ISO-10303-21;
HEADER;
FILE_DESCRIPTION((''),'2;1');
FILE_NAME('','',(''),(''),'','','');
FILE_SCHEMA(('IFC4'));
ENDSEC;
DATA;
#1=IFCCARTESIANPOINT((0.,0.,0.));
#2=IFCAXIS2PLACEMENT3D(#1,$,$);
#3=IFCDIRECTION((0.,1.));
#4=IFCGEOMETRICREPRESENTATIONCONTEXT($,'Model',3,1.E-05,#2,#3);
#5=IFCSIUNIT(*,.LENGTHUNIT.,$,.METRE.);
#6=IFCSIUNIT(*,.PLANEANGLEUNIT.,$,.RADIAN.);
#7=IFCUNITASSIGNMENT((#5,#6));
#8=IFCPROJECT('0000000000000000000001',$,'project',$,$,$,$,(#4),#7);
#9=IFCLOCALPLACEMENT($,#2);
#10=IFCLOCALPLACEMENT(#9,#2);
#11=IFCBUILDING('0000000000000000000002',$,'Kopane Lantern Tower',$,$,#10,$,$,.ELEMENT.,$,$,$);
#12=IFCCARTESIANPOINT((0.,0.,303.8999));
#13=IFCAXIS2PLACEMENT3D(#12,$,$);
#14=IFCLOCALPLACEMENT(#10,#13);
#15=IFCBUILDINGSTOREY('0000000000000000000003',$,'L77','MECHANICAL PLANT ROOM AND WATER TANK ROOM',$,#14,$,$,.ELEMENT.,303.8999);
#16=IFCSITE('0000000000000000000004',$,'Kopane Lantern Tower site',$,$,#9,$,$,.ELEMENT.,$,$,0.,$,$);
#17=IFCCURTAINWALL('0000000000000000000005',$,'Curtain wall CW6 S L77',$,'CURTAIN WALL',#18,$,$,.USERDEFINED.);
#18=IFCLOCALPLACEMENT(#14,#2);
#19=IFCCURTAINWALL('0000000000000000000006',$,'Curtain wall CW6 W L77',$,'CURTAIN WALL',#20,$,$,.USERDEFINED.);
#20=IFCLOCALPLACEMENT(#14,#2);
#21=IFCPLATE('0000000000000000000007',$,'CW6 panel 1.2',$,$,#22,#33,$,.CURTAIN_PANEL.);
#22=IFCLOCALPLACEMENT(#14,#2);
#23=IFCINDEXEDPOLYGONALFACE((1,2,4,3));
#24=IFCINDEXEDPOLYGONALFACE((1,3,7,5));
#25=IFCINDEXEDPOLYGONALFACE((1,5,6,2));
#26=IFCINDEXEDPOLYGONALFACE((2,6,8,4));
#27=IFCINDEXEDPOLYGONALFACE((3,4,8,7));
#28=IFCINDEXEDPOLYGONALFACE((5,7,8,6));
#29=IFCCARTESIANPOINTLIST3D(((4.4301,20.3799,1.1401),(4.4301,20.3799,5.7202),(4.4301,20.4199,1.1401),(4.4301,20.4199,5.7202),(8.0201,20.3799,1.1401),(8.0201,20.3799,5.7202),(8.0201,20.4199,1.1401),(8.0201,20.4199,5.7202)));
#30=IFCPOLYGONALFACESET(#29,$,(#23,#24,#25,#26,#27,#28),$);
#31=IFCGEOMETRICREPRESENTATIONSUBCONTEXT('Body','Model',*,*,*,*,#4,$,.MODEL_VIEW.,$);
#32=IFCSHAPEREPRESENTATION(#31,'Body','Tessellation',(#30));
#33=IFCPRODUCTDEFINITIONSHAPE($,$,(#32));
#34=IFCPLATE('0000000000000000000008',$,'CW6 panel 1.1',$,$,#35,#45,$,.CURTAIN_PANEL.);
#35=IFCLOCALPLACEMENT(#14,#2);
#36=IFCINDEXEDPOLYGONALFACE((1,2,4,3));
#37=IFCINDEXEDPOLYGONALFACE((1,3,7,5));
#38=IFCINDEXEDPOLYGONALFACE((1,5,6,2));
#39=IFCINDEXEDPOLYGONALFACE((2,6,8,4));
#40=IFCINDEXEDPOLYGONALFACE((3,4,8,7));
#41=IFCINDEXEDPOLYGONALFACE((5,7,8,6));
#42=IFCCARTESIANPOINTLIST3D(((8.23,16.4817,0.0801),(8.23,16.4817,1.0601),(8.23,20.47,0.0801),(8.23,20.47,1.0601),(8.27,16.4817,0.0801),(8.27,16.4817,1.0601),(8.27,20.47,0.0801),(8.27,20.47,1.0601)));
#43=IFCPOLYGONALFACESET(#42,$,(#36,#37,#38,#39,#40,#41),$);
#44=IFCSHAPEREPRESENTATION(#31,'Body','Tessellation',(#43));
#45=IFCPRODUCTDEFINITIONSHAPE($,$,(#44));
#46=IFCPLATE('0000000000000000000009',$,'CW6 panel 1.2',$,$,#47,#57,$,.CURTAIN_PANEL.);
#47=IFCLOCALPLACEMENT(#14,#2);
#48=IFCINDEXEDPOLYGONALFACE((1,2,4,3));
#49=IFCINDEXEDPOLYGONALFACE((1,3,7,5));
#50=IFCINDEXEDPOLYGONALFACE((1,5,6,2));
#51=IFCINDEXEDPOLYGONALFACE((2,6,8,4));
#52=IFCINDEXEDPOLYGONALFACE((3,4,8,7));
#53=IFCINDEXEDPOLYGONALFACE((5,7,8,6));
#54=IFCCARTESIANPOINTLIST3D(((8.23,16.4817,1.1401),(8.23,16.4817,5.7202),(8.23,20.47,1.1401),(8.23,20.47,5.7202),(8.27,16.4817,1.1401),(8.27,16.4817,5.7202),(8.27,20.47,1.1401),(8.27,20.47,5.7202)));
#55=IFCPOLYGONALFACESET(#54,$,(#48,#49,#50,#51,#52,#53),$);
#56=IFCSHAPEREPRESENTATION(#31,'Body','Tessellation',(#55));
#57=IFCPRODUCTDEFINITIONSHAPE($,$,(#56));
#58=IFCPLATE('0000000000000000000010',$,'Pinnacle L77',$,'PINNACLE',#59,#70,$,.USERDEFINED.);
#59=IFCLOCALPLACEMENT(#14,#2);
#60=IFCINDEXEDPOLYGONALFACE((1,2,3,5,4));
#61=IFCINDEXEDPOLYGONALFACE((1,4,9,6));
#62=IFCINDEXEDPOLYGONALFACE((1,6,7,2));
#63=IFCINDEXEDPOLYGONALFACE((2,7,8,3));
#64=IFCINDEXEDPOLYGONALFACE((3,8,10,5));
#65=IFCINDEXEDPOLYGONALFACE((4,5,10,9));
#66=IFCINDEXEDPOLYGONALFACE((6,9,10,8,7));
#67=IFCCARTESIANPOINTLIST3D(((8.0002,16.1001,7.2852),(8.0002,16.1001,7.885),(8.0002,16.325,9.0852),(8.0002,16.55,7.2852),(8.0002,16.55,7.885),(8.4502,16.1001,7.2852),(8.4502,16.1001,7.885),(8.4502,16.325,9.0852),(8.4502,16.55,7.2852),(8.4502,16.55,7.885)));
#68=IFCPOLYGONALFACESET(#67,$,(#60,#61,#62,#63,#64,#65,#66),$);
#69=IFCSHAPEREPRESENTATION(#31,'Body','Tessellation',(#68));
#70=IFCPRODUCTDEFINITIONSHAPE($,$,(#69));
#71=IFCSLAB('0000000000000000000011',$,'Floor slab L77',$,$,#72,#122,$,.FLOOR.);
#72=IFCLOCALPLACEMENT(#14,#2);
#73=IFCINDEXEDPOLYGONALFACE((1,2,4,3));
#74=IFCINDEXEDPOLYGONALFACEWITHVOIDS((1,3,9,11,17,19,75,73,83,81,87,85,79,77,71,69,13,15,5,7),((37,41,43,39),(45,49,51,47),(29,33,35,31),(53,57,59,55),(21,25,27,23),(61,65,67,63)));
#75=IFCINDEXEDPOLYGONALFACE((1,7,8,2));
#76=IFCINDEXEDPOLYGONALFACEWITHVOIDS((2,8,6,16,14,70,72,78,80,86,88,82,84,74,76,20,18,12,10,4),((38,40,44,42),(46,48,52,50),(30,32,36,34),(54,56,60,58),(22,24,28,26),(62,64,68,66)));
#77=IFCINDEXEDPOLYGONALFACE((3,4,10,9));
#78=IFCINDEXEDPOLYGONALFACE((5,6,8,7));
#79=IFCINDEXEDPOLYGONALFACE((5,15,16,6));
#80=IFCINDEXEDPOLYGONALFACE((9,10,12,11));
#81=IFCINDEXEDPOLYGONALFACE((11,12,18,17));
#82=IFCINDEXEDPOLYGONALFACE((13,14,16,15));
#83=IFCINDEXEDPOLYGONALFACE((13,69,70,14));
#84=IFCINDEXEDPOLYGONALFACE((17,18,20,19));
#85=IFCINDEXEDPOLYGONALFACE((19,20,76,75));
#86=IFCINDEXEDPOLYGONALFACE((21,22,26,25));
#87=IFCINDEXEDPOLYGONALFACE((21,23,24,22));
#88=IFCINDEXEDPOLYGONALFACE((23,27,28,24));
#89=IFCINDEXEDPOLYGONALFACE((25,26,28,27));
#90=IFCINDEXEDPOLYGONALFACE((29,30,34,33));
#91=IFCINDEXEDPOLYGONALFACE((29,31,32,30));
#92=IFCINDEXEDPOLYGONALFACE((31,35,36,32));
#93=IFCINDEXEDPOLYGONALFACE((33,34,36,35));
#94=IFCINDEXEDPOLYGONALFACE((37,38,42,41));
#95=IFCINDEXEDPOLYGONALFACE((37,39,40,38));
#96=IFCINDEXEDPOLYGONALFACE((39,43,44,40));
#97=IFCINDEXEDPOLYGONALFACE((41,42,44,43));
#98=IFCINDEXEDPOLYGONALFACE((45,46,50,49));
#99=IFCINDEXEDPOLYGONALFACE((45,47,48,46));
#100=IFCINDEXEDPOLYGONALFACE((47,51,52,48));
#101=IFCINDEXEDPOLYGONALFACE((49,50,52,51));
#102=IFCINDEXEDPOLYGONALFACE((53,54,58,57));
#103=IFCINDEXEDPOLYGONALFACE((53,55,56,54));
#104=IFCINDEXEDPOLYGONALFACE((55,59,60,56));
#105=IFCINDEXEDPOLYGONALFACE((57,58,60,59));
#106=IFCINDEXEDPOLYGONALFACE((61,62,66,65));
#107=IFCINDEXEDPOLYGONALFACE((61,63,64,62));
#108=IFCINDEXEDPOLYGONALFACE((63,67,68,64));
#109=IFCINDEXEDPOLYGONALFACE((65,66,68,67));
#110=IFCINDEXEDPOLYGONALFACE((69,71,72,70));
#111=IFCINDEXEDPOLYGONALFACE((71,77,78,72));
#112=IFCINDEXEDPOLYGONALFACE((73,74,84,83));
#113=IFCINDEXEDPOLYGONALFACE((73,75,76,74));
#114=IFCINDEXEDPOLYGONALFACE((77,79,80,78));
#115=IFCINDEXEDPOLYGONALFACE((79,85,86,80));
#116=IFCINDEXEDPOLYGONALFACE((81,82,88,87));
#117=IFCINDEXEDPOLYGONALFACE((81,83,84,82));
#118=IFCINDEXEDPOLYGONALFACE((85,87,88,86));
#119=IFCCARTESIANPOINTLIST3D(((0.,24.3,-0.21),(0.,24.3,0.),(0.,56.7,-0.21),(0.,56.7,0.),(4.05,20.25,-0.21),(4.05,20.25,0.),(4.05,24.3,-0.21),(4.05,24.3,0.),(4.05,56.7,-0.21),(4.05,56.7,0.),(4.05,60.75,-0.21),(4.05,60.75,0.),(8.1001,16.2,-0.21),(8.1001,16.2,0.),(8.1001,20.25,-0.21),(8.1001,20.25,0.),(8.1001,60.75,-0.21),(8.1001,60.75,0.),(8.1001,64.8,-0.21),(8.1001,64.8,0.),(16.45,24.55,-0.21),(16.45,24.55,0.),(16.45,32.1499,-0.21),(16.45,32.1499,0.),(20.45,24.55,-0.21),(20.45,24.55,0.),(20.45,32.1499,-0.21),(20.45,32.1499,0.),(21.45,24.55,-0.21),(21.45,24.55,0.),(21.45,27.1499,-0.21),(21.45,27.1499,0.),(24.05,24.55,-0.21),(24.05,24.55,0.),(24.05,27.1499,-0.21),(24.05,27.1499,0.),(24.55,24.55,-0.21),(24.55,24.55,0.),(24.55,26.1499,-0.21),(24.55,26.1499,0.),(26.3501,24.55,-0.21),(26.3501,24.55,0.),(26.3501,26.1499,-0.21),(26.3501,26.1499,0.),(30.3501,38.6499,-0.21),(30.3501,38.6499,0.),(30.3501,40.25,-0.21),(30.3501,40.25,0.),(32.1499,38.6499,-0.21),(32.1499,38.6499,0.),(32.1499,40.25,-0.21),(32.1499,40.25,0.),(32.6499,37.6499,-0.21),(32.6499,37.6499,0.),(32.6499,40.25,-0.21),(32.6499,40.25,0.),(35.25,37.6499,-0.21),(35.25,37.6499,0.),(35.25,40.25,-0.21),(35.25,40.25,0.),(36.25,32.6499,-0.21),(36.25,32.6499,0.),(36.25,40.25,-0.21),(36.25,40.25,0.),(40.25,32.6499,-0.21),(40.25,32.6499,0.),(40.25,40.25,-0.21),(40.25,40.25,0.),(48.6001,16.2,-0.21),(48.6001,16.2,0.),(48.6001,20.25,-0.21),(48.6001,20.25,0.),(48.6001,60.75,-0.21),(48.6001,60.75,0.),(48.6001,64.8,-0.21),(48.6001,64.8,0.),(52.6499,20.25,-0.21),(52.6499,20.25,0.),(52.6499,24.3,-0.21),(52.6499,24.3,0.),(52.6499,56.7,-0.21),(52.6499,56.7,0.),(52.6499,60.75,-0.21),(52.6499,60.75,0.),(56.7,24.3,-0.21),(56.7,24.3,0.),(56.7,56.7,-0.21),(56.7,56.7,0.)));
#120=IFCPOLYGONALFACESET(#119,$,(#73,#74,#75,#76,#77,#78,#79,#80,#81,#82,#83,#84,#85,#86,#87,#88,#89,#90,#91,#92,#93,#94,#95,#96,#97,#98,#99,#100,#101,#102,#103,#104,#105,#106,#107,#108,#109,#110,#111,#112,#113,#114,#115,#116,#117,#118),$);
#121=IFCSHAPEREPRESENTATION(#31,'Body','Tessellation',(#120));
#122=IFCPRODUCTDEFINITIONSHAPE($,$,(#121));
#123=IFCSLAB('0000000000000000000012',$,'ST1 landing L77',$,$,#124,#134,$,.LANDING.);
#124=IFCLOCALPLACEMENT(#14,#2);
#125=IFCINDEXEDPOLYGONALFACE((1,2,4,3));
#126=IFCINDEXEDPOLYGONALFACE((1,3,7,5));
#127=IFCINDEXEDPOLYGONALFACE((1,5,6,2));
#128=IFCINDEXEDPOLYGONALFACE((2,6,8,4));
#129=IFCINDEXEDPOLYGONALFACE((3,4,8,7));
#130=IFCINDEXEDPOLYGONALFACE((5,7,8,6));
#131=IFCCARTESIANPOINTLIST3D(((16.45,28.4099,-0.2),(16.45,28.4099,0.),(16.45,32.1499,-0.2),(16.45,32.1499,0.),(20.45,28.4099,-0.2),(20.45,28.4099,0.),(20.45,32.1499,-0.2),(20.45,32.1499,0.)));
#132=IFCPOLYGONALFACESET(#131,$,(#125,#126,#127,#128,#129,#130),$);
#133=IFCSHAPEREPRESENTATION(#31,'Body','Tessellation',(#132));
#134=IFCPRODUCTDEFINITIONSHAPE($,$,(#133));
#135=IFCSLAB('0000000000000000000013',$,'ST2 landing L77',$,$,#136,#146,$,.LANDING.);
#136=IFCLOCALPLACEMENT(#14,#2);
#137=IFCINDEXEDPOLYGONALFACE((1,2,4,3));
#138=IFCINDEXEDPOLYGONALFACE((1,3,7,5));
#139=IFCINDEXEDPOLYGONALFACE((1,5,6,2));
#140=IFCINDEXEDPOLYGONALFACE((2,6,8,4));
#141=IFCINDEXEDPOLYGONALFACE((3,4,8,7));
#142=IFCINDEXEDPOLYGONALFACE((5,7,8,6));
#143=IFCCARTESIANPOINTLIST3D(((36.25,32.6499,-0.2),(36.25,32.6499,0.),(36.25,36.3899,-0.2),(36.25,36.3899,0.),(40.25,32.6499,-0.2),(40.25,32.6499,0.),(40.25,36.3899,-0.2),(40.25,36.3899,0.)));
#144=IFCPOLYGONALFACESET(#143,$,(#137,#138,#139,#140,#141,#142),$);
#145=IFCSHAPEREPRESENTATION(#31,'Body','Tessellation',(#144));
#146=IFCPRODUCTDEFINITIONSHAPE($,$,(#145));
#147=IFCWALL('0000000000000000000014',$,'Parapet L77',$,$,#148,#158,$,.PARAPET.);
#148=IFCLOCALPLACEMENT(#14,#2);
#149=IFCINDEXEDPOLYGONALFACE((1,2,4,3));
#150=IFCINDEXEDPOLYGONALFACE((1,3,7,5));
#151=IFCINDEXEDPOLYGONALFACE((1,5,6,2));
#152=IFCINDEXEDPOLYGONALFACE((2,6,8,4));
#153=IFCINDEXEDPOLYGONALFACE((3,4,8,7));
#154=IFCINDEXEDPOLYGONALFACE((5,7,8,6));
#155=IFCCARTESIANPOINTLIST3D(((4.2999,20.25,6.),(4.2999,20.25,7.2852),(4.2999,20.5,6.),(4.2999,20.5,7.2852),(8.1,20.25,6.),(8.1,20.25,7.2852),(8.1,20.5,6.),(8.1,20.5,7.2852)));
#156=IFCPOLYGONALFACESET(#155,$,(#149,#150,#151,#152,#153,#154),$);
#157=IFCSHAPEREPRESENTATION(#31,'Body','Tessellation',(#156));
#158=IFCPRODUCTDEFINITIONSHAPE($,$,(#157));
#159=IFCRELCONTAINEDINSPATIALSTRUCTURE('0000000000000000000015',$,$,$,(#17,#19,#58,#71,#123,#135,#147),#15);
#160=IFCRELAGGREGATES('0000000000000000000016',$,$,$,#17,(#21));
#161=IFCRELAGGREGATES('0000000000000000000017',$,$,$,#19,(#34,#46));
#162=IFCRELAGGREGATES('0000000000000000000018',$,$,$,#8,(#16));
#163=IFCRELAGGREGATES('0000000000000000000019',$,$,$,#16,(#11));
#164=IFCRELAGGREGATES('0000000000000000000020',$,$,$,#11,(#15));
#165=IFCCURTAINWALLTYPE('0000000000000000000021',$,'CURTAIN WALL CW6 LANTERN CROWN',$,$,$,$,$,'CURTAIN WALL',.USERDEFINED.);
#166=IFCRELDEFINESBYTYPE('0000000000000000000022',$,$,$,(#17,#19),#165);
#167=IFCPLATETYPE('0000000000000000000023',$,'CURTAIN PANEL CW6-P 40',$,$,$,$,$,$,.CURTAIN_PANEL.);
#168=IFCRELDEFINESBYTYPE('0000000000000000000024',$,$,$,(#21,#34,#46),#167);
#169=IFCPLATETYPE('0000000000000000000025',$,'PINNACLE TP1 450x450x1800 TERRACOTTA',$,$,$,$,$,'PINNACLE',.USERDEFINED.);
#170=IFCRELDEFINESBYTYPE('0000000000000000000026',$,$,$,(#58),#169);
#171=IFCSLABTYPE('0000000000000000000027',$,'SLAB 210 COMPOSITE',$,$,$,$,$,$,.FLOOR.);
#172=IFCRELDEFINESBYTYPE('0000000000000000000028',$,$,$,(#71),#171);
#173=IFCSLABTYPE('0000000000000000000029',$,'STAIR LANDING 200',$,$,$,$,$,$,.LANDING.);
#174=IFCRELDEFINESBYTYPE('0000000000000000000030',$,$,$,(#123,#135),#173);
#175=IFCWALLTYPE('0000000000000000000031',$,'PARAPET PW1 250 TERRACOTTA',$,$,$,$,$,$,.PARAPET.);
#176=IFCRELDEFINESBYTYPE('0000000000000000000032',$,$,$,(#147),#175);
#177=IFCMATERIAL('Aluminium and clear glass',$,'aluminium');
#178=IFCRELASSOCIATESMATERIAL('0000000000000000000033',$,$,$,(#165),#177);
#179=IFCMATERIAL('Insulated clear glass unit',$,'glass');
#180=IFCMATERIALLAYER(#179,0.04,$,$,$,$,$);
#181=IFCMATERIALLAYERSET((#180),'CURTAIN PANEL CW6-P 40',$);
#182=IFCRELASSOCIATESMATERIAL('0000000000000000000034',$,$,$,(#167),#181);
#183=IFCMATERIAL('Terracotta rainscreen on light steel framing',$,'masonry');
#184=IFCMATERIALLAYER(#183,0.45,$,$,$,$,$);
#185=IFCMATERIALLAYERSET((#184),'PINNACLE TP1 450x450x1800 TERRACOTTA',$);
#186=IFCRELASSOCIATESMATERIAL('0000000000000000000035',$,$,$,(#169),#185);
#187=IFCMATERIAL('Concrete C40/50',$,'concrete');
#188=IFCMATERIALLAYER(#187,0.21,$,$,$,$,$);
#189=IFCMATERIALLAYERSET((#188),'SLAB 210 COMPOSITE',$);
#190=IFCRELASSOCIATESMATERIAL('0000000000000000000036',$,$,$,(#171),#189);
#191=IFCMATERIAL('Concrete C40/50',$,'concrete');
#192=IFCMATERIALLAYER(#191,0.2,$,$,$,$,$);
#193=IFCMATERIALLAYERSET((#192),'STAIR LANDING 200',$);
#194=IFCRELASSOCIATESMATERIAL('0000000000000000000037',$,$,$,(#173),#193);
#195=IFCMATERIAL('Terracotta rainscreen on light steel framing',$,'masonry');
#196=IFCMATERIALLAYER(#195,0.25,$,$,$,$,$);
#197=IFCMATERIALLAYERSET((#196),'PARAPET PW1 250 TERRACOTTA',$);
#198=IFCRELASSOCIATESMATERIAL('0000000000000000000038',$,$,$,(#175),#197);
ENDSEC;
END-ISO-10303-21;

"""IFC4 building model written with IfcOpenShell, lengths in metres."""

from ifc_helpers import new_model, si_unit, direction, frame, frame_2d, origin, origin_2d, place, context, subcontext, project, spatial, polyline, rectangle, outline, extrude, material, layer, layer_set, type_object, element, aggregate, save


model = new_model("IFC4")

# Units and contexts
model_context = context("Model", 3, precision=1e-05, world=origin(), true_north=direction((0.0, 1.0)))
body_context = subcontext(model_context, "Body", "Model", "MODEL_VIEW")
ifc_project = project(units=[si_unit("LENGTHUNIT", "METRE"), si_unit("PLANEANGLEUNIT", "RADIAN")], contexts=[model_context])

# Site, building, storey
site_placement = place(None, origin())
site = spatial("IfcSite", under=ifc_project, at=site_placement, Name="Kopane Lantern Tower site", CompositionType="ELEMENT", RefElevation=0.0)
building_placement = place(site_placement, origin())
building = spatial("IfcBuilding", under=site, at=building_placement, Name="Kopane Lantern Tower", CompositionType="ELEMENT")
storey_placement = place(building_placement, frame((0.0, 0.0, 303.8999)))
storey = spatial("IfcBuildingStorey", under=building, at=storey_placement, Name="L77", Description="MECHANICAL PLANT ROOM AND WATER TANK ROOM", CompositionType="ELEMENT", Elevation=303.8999)

# Curtain wall
ifc_material_1 = material(Name="Aluminium and clear glass", Category="aluminium")
curtain_wall_type = type_object("IfcCurtainWallType", Name="CURTAIN WALL CW6 LANTERN CROWN", ElementType="CURTAIN WALL", PredefinedType="USERDEFINED", material=ifc_material_1)
curtain_wall_1_placement = place(storey_placement, origin())
curtain_wall_1 = element("IfcCurtainWall", 1, at=curtain_wall_1_placement, inside=storey, type_object=curtain_wall_type, Name="Curtain wall CW6 S L77", ObjectType="CURTAIN WALL", PredefinedType="USERDEFINED")

# Curtain wall
curtain_wall_2_placement = place(storey_placement, origin())
curtain_wall_2 = element("IfcCurtainWall", 2, at=curtain_wall_2_placement, inside=storey, type_object=curtain_wall_type, Name="Curtain wall CW6 W L77", ObjectType="CURTAIN WALL", PredefinedType="USERDEFINED")

# Plates
ifc_material_2 = material(Name="Insulated clear glass unit", Category="glass")
ifc_layer_1 = layer(ifc_material_2, 0.04)
ifc_layer_set_1 = layer_set([ifc_layer_1], Name="CURTAIN PANEL CW6-P 40")
plate_type_1 = type_object("IfcPlateType", Name="CURTAIN PANEL CW6-P 40", PredefinedType="CURTAIN_PANEL", material=ifc_layer_set_1)
plate_1_placement = place(storey_placement, frame((6.2251, 20.3999, 1.1401), z_axis=(0.0, 0.0, 1.0), x_axis=(1.0, 0.0, 0.0)))
plate_1 = element("IfcPlate", 3, at=plate_1_placement, type_object=plate_type_1, Name="CW6 panel 1.2", PredefinedType="CURTAIN_PANEL", context=body_context, shape_type="SweptSolid", body=[
    extrude(rectangle(XDim=3.5901, YDim=0.04, at=origin_2d()), origin(), (0.0, 0.0, 1.0), 4.5801),
])
aggregate(curtain_wall_1, [plate_1])
plate_2_placement = place(storey_placement, frame((8.25, 18.4758, 0.0801), z_axis=(0.0, 0.0, 1.0), x_axis=(0.0, -1.0, 0.0)))
plate_2 = element("IfcPlate", 4, at=plate_2_placement, type_object=plate_type_1, Name="CW6 panel 1.1", PredefinedType="CURTAIN_PANEL", context=body_context, shape_type="SweptSolid", body=[
    extrude(rectangle(XDim=3.9883, YDim=0.04, at=origin_2d()), origin(), (0.0, 0.0, 1.0), 0.98),
])
plate_3_placement = place(storey_placement, frame((8.25, 18.4758, 1.1401), z_axis=(0.0, 0.0, 1.0), x_axis=(0.0, -1.0, 0.0)))
plate_3 = element("IfcPlate", 5, at=plate_3_placement, type_object=plate_type_1, Name="CW6 panel 1.2", PredefinedType="CURTAIN_PANEL", context=body_context, shape_type="SweptSolid", body=[
    extrude(rectangle(XDim=3.9883, YDim=0.04, at=origin_2d()), origin(), (0.0, 0.0, 1.0), 4.5801),
])
aggregate(curtain_wall_2, [plate_2, plate_3])
ifc_material_3 = material(Name="Terracotta rainscreen on light steel framing", Category="masonry")
ifc_layer_2 = layer(ifc_material_3, 0.45)
ifc_layer_set_2 = layer_set([ifc_layer_2], Name="PINNACLE TP1 450x450x1800 TERRACOTTA")
plate_type_2 = type_object("IfcPlateType", Name="PINNACLE TP1 450x450x1800 TERRACOTTA", ElementType="PINNACLE", PredefinedType="USERDEFINED", material=ifc_layer_set_2)
plate_4_placement = place(storey_placement, frame((8.2251, 16.55, 7.2852), z_axis=(0.0, 0.0, 1.0), x_axis=(0.0, -1.0, 0.0)))
element("IfcPlate", 6, at=plate_4_placement, inside=storey, type_object=plate_type_2, Name="Pinnacle L77", ObjectType="PINNACLE", PredefinedType="USERDEFINED", context=body_context, shape_type="SweptSolid", body=[
    extrude(outline(polyline([(0.0, 0.0), (0.45, 0.0), (0.45, 0.5999), (0.2251, 1.8), (0.0, 0.5999), (0.0, 0.0)])), frame((0.0, 0.2251, 0.0), z_axis=(0.0, -1.0, 0.0), x_axis=(1.0, 0.0, 0.0)), (0.0, 0.0, 1.0), 0.45),
])

# Slabs
ifc_material_4 = material(Name="Concrete C40/50", Category="concrete")
ifc_layer_3 = layer(ifc_material_4, 0.21)
ifc_layer_set_3 = layer_set([ifc_layer_3], Name="SLAB 210 COMPOSITE")
slab_type_1 = type_object("IfcSlabType", Name="SLAB 210 COMPOSITE", PredefinedType="FLOOR", material=ifc_layer_set_3)
slab_1_placement = place(storey_placement, frame((0.0, 0.0, -0.21)))
element("IfcSlab", 7, at=slab_1_placement, inside=storey, type_object=slab_type_1, Name="Floor slab L77", PredefinedType="FLOOR", context=body_context, shape_type="SweptSolid", body=[
    extrude(outline(polyline([(8.1001, 16.2), (48.6001, 16.2), (48.6001, 20.25), (52.6499, 20.25), (52.6499, 24.3), (56.7, 24.3), (56.7, 56.7), (52.6499, 56.7), (52.6499, 60.75), (48.6001, 60.75), (48.6001, 64.8), (8.1001, 64.8), (8.1001, 60.75), (4.05, 60.75), (4.05, 56.7), (0.0, 56.7), (0.0, 24.3), (4.05, 24.3), (4.05, 20.25), (8.1001, 20.25), (8.1001, 16.2)]), holes=[polyline([(16.45, 24.55), (20.45, 24.55), (20.45, 32.1499), (16.45, 32.1499), (16.45, 24.55)]), polyline([(36.25, 32.6499), (40.25, 32.6499), (40.25, 40.25), (36.25, 40.25), (36.25, 32.6499)]), polyline([(21.45, 24.55), (24.05, 24.55), (24.05, 27.1499), (21.45, 27.1499), (21.45, 24.55)]), polyline([(32.6499, 37.6499), (35.25, 37.6499), (35.25, 40.25), (32.6499, 40.25), (32.6499, 37.6499)]), polyline([(24.55, 24.55), (26.3501, 24.55), (26.3501, 26.1499), (24.55, 26.1499), (24.55, 24.55)]), polyline([(30.3501, 38.6499), (32.1499, 38.6499), (32.1499, 40.25), (30.3501, 40.25), (30.3501, 38.6499)])]), origin(), (0.0, 0.0, 1.0), 0.21),
])
ifc_material_5 = material(Name="Concrete C40/50", Category="concrete")
ifc_layer_4 = layer(ifc_material_5, 0.2)
ifc_layer_set_4 = layer_set([ifc_layer_4], Name="STAIR LANDING 200")
slab_type_2 = type_object("IfcSlabType", Name="STAIR LANDING 200", PredefinedType="LANDING", material=ifc_layer_set_4)
slab_2_placement = place(storey_placement, frame((0.0, 0.0, -0.2)))
element("IfcSlab", 8, at=slab_2_placement, inside=storey, type_object=slab_type_2, Name="ST1 landing L77", PredefinedType="LANDING", context=body_context, shape_type="SweptSolid", body=[
    extrude(outline(polyline([(20.45, 28.4099), (20.45, 32.1499), (16.45, 32.1499), (16.45, 28.4099), (20.45, 28.4099)])), origin(), (0.0, 0.0, 1.0), 0.2),
])
slab_3_placement = place(storey_placement, frame((0.0, 0.0, -0.2)))
element("IfcSlab", 9, at=slab_3_placement, inside=storey, type_object=slab_type_2, Name="ST2 landing L77", PredefinedType="LANDING", context=body_context, shape_type="SweptSolid", body=[
    extrude(outline(polyline([(40.25, 32.6499), (40.25, 36.3899), (36.25, 36.3899), (36.25, 32.6499), (40.25, 32.6499)])), origin(), (0.0, 0.0, 1.0), 0.2),
])

# Wall
ifc_material_6 = material(Name="Terracotta rainscreen on light steel framing", Category="masonry")
ifc_layer_5 = layer(ifc_material_6, 0.25)
ifc_layer_set_5 = layer_set([ifc_layer_5], Name="PARAPET PW1 250 TERRACOTTA")
wall_type = type_object("IfcWallType", Name="PARAPET PW1 250 TERRACOTTA", PredefinedType="PARAPET", material=ifc_layer_set_5)
wall_placement = place(storey_placement, frame((4.3, 20.375, 6.0), z_axis=(0.0, 0.0, 1.0), x_axis=(1.0, 0.0, 0.0)))
element("IfcWall", 10, at=wall_placement, inside=storey, type_object=wall_type, Name="Parapet L77", PredefinedType="PARAPET", context=body_context, shape_type="SweptSolid", body=[
    extrude(rectangle(XDim=3.8, YDim=0.25, at=frame_2d((1.8999, 0.0))), origin(), (0.0, 0.0, 1.0), 1.2852),
])

save(model, "model.ifc")
